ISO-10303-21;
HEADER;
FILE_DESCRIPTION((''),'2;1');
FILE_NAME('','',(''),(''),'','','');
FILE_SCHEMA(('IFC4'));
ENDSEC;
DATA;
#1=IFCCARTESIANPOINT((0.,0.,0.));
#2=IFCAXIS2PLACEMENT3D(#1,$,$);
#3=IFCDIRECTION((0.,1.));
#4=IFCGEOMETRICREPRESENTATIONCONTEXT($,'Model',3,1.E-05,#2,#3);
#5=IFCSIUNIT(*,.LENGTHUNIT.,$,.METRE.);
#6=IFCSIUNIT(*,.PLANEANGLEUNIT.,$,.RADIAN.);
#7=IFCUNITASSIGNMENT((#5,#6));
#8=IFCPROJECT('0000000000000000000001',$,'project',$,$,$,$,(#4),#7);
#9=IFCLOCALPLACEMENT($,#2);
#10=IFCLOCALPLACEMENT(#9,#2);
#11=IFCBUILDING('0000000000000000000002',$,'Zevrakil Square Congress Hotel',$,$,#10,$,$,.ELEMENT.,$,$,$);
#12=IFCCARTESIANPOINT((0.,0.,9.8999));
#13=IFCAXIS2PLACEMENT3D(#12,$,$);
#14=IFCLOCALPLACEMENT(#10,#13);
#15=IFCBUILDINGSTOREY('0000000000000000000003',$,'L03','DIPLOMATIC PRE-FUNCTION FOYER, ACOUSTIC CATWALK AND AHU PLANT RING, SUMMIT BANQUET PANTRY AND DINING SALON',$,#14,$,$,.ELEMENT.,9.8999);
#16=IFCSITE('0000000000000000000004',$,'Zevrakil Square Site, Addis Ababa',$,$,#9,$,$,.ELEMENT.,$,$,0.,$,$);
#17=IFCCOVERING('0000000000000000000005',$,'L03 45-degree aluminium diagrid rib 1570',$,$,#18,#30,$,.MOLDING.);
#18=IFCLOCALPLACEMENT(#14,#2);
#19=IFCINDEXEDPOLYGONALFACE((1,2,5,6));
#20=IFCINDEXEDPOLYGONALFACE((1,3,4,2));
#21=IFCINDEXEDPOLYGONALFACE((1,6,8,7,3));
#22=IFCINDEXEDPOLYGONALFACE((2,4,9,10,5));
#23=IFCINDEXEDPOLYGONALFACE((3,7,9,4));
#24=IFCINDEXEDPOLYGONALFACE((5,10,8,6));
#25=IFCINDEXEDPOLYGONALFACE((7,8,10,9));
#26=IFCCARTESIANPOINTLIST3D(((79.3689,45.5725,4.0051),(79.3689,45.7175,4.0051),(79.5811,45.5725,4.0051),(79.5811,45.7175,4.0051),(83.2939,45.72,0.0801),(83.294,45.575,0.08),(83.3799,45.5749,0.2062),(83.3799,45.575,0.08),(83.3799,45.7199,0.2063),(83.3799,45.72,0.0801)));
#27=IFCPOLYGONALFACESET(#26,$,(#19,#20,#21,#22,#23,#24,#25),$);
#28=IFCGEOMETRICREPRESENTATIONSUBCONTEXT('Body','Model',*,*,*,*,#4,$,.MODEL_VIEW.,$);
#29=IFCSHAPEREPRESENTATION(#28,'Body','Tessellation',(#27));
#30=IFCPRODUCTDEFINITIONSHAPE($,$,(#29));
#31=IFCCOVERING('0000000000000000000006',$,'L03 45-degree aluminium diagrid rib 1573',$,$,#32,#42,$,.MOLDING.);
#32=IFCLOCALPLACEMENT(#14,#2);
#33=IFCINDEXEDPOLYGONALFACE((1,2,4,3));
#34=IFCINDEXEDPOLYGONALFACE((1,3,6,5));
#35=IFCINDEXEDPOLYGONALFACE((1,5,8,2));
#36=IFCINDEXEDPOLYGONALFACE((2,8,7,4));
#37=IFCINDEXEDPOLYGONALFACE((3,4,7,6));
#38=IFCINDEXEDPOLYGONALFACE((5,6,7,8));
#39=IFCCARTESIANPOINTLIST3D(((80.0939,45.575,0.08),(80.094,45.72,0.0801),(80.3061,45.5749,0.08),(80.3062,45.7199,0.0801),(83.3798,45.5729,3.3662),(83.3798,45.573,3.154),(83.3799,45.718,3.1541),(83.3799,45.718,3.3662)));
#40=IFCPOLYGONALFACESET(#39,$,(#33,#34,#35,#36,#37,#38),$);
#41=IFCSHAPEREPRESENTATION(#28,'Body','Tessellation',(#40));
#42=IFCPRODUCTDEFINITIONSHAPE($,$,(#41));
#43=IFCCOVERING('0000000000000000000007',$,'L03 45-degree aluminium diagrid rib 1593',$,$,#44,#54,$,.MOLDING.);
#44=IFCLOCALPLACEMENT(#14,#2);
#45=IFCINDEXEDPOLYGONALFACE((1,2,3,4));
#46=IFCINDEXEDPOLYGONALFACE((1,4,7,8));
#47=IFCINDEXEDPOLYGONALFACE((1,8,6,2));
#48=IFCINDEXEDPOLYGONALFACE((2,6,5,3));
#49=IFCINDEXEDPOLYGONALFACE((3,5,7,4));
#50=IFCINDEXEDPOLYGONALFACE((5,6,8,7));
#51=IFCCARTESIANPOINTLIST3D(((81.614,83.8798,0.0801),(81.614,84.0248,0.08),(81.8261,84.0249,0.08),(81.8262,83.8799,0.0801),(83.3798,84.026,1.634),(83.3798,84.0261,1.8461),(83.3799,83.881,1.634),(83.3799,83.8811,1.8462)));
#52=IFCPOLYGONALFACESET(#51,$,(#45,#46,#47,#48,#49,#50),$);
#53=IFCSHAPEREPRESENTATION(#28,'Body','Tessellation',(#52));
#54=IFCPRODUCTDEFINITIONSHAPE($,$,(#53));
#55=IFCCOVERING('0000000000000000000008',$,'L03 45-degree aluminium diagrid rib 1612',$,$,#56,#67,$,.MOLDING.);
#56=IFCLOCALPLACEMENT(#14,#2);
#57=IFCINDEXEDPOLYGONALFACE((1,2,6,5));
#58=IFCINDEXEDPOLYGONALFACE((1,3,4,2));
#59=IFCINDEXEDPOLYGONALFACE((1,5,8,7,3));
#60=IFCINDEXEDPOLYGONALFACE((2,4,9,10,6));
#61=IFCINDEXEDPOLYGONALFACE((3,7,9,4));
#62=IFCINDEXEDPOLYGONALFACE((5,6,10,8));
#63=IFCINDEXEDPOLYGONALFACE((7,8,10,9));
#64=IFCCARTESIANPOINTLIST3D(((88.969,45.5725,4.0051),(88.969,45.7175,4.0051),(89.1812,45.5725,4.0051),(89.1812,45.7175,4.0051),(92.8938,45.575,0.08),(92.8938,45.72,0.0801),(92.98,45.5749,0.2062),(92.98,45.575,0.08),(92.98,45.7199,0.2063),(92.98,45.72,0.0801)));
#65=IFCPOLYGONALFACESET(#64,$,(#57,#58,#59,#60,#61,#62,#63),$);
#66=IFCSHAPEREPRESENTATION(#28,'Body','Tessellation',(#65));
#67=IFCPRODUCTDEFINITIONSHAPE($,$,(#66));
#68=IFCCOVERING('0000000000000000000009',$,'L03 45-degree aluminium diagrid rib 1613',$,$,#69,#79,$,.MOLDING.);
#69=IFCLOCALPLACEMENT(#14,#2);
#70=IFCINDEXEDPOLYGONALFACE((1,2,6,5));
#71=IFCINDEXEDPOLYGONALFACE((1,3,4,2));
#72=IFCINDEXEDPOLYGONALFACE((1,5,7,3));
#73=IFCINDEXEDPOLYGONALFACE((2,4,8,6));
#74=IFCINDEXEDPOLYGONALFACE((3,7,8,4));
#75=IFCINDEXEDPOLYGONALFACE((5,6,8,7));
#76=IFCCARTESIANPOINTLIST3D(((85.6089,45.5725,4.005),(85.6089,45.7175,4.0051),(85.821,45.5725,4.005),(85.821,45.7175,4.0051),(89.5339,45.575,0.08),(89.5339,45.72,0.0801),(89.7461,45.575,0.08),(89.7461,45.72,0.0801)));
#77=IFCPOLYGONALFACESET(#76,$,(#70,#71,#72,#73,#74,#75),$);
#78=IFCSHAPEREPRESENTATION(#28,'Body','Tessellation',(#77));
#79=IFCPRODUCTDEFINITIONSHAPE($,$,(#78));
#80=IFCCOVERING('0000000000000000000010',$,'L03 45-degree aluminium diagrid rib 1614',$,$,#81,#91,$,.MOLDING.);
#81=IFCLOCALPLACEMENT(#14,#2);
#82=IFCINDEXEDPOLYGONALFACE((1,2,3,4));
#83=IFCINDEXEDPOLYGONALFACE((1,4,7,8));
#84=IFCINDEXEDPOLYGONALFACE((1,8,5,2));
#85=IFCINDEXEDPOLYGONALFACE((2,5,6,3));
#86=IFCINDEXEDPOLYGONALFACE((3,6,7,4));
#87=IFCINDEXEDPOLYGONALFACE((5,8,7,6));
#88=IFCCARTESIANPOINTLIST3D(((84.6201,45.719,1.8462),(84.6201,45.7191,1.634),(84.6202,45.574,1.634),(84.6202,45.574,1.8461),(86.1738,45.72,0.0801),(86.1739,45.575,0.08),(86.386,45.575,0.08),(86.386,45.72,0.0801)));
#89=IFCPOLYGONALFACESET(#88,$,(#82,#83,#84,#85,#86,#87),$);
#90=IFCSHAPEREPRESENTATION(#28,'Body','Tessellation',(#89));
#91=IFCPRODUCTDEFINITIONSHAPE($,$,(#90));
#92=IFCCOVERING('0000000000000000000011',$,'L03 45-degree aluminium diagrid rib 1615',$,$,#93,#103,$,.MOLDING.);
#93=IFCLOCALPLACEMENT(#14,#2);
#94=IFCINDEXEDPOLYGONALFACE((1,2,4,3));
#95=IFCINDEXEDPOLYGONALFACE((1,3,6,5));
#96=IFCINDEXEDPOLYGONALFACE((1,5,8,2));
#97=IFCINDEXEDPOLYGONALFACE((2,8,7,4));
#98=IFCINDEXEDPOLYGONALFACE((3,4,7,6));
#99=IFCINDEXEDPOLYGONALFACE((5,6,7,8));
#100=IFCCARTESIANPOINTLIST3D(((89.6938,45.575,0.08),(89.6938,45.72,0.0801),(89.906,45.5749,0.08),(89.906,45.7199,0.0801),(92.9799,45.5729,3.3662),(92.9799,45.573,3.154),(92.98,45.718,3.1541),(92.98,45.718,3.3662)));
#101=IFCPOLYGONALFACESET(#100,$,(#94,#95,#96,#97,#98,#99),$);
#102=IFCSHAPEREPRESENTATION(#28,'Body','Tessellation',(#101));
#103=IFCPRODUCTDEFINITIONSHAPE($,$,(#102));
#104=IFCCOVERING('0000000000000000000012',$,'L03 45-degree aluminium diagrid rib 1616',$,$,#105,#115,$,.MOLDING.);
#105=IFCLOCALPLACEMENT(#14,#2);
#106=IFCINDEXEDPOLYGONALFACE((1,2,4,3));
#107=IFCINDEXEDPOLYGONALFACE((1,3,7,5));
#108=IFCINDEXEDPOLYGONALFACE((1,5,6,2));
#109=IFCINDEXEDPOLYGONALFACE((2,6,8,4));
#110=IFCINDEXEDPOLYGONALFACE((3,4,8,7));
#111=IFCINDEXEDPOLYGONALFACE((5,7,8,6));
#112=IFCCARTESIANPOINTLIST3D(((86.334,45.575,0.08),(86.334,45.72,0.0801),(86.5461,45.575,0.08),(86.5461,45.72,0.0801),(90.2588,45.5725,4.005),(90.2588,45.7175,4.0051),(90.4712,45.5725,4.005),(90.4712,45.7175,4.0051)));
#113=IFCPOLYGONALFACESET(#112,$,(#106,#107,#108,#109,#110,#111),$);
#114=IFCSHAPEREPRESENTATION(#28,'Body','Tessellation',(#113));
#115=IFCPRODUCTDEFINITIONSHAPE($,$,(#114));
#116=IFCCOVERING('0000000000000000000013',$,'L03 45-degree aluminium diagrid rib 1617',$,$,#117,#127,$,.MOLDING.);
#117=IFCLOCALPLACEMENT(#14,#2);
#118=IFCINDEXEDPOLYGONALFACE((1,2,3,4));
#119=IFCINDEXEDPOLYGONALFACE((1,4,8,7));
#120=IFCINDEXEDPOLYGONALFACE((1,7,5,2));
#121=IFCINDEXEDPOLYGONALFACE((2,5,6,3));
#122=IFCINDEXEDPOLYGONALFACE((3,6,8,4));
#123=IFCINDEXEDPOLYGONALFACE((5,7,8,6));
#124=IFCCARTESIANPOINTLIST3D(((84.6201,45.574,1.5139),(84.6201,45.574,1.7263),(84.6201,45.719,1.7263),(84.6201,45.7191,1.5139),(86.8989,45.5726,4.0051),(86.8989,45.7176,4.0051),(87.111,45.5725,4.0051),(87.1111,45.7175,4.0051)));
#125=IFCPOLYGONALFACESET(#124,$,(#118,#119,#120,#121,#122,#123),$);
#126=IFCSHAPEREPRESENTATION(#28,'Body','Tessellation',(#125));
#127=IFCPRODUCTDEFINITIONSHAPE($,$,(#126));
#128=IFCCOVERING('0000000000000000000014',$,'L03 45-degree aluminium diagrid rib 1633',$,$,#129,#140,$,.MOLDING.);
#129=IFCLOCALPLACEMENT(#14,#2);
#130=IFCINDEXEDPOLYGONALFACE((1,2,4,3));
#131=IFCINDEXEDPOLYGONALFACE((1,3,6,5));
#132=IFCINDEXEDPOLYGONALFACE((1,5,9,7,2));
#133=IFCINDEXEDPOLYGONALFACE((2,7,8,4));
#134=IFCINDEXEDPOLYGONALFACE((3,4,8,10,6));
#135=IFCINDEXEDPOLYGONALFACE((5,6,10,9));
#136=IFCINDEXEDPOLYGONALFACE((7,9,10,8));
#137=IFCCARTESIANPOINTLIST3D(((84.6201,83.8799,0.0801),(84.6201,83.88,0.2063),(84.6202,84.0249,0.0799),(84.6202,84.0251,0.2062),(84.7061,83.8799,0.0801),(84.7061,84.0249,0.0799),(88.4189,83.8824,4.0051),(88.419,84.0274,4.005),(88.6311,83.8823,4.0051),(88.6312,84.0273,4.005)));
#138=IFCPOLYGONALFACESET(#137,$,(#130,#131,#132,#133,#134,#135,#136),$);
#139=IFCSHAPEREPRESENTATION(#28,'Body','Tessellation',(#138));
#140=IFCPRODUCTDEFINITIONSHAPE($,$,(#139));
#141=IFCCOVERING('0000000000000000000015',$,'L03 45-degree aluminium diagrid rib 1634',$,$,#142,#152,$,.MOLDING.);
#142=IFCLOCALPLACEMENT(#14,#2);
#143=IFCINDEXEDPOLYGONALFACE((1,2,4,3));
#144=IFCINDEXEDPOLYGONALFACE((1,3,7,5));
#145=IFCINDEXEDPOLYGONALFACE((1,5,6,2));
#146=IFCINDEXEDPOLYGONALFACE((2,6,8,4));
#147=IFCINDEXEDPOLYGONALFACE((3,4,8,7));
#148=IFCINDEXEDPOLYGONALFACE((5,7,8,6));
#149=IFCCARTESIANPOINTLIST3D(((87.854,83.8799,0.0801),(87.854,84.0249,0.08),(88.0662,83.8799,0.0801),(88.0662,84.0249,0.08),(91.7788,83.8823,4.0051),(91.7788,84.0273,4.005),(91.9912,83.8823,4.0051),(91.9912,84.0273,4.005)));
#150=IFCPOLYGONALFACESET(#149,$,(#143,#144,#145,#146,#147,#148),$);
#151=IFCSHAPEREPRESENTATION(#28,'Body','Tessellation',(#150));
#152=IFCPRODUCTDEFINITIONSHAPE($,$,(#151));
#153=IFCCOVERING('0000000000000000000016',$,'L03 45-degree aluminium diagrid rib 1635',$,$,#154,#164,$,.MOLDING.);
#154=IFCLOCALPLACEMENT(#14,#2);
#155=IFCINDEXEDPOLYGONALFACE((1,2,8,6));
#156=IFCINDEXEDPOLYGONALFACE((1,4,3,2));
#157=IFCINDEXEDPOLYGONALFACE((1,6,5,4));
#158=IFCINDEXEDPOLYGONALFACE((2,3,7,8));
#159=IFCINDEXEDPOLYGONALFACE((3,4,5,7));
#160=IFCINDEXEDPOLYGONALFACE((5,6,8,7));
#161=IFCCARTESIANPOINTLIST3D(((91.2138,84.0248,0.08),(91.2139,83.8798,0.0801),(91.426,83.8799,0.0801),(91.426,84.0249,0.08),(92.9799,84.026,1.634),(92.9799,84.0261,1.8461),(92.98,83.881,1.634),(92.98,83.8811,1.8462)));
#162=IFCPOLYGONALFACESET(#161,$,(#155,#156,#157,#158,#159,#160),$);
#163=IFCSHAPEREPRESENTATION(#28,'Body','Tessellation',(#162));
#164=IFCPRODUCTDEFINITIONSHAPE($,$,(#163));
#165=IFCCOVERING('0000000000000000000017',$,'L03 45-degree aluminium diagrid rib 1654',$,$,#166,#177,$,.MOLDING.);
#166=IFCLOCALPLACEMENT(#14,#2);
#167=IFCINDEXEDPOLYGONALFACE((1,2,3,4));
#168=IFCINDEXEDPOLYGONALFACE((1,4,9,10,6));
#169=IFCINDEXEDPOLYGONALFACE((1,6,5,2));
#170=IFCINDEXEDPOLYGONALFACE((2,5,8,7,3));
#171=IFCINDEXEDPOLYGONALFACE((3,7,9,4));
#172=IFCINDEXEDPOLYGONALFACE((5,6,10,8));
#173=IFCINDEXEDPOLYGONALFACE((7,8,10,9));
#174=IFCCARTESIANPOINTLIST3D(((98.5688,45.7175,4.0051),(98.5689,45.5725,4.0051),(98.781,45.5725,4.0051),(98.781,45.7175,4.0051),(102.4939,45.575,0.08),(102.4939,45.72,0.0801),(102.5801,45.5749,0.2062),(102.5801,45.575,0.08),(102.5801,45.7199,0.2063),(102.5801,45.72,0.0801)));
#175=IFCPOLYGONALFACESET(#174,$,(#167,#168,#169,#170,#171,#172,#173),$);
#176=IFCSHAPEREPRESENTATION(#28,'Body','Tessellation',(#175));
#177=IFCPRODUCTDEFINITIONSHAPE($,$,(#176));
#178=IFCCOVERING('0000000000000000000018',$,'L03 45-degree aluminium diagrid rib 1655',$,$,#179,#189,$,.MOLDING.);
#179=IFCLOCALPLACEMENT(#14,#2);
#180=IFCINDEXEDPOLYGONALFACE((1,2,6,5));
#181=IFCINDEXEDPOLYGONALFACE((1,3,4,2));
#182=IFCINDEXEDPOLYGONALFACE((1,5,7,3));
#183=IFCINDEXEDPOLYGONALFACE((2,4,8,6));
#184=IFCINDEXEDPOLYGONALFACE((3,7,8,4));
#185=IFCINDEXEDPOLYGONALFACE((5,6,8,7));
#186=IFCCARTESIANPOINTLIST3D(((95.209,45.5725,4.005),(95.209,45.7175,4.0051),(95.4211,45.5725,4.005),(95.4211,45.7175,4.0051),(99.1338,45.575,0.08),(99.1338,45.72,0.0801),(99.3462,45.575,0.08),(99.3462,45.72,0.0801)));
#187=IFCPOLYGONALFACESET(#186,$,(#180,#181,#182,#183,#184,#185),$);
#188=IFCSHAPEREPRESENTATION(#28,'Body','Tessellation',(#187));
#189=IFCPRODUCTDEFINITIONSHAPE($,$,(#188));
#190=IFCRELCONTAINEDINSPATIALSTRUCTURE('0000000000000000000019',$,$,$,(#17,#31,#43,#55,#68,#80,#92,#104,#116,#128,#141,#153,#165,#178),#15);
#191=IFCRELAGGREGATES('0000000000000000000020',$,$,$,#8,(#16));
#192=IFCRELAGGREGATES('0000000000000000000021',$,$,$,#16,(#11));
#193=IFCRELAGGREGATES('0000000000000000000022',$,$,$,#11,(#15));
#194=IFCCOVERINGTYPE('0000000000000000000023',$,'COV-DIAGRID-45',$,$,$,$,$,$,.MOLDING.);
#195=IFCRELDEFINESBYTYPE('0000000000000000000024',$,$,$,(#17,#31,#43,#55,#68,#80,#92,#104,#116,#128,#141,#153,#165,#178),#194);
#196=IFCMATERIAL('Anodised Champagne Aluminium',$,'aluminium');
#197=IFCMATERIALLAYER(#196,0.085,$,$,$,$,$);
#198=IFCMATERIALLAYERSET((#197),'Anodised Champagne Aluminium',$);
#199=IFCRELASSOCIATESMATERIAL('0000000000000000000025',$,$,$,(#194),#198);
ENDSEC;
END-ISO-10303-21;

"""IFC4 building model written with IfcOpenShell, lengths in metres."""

from ifc_helpers import new_model, si_unit, direction, frame, origin, place, context, subcontext, project, spatial, polyline, outline, extrude, material, layer, layer_set, type_object, element, save


model = new_model("IFC4")

# Units and contexts
model_context = context("Model", 3, precision=1e-05, world=origin(), true_north=direction((0.0, 1.0)))
body_context = subcontext(model_context, "Body", "Model", "MODEL_VIEW")
ifc_project = project(units=[si_unit("LENGTHUNIT", "METRE"), si_unit("PLANEANGLEUNIT", "RADIAN")], contexts=[model_context])

# Site, building, storey
site_placement = place(None, origin())
site = spatial("IfcSite", under=ifc_project, at=site_placement, Name="Zevrakil Square Site, Addis Ababa", CompositionType="ELEMENT", RefElevation=0.0)
building_placement = place(site_placement, origin())
building = spatial("IfcBuilding", under=site, at=building_placement, Name="Zevrakil Square Congress Hotel", CompositionType="ELEMENT")
storey_placement = place(building_placement, frame((0.0, 0.0, 9.8999)))
storey = spatial("IfcBuildingStorey", under=building, at=storey_placement, Name="L03", Description="DIPLOMATIC PRE-FUNCTION FOYER, ACOUSTIC CATWALK AND AHU PLANT RING, SUMMIT BANQUET PANTRY AND DINING SALON", CompositionType="ELEMENT", Elevation=9.8999)

# Coverings
ifc_material_1 = material(Name="Anodised Champagne Aluminium", Category="aluminium")
ifc_layer_1 = layer(ifc_material_1, 0.085)
ifc_layer_set_1 = layer_set([ifc_layer_1], Name="Anodised Champagne Aluminium")
covering_type_1 = type_object("IfcCoveringType", Name="COV-DIAGRID-45", PredefinedType="MOLDING", material=ifc_layer_set_1)
covering_1_placement = place(storey_placement, frame((83.2939, 45.72, 0.0801), z_axis=(-0.000187, 1.0, 0.000441), x_axis=(1.0, 0.000187, 0.0)))
element("IfcCovering", 1, at=covering_1_placement, inside=storey, type_object=covering_type_1, Name="L03 45-degree aluminium diagrid rib 1570", PredefinedType="MOLDING", context=body_context, shape_type="SweptSolid", body=[
    extrude(outline(polyline([(0.0, 0.0), (0.0859, 0.0), (0.0859, -0.1262), (-3.7129, -3.925), (-3.925, -3.925), (0.0, 0.0)])), origin(), (0.0, 0.0, -1.0), 0.145),
])
covering_2_placement = place(storey_placement, frame((83.3799, 45.718, 3.1541), z_axis=(0.000307, 1.0, 0.000307), x_axis=(0.0, -0.000307, 1.0)))
element("IfcCovering", 2, at=covering_2_placement, inside=storey, type_object=covering_type_1, Name="L03 45-degree aluminium diagrid rib 1573", PredefinedType="MOLDING", context=body_context, shape_type="SweptSolid", body=[
    extrude(outline(polyline([(0.0, 0.0), (0.2122, 0.0), (-3.074, -3.2859), (-3.074, -3.0737), (0.0, 0.0)])), origin(), (0.0, 0.0, -1.0), 0.145),
])
covering_3_placement = place(storey_placement, frame((81.8262, 83.8799, 0.0801), z_axis=(0.000368, -1.0, 0.000368), x_axis=(-1.0, -0.000368, 0.0)))
element("IfcCovering", 3, at=covering_3_placement, inside=storey, type_object=covering_type_1, Name="L03 45-degree aluminium diagrid rib 1593", PredefinedType="MOLDING", context=body_context, shape_type="SweptSolid", body=[
    extrude(outline(polyline([(0.0, 0.0), (0.2122, 0.0), (-1.5537, -1.7661), (-1.5537, -1.554), (0.0, 0.0)])), origin(), (0.0, 0.0, -1.0), 0.145),
])
covering_4_placement = place(storey_placement, frame((92.8938, 45.72, 0.0801), z_axis=(-0.000187, 1.0, 0.000441), x_axis=(1.0, 0.000187, 0.0)))
element("IfcCovering", 4, at=covering_4_placement, inside=storey, type_object=covering_type_1, Name="L03 45-degree aluminium diagrid rib 1612", PredefinedType="MOLDING", context=body_context, shape_type="SweptSolid", body=[
    extrude(outline(polyline([(0.0, 0.0), (0.0862, 0.0), (0.0862, -0.1262), (-3.7126, -3.925), (-3.9248, -3.925), (0.0, 0.0)])), origin(), (0.0, 0.0, -1.0), 0.145),
])
covering_5_placement = place(storey_placement, frame((89.5339, 45.72, 0.0801), z_axis=(0.0, 1.0, 0.000622), x_axis=(1.0, 0.0, 0.0)))
element("IfcCovering", 5, at=covering_5_placement, inside=storey, type_object=covering_type_1, Name="L03 45-degree aluminium diagrid rib 1613", PredefinedType="MOLDING", context=body_context, shape_type="SweptSolid", body=[
    extrude(outline(polyline([(0.0, 0.0), (0.2122, 0.0), (-3.7129, -3.925), (-3.925, -3.925), (0.0, 0.0)])), origin(), (0.0, 0.0, -1.0), 0.145),
])
covering_6_placement = place(storey_placement, frame((86.1738, 45.72, 0.0801), z_axis=(-0.000294, 1.0, 0.000294), x_axis=(1.0, 0.000294, 0.0)))
element("IfcCovering", 6, at=covering_6_placement, inside=storey, type_object=covering_type_1, Name="L03 45-degree aluminium diagrid rib 1614", PredefinedType="MOLDING", context=body_context, shape_type="SweptSolid", body=[
    extrude(outline(polyline([(0.0, 0.0), (0.2122, 0.0), (-1.5537, -1.7661), (-1.5537, -1.554), (0.0, 0.0)])), origin(), (0.0, 0.0, -1.0), 0.145),
])
covering_7_placement = place(storey_placement, frame((92.98, 45.718, 3.1541), z_axis=(0.000307, 1.0, 0.000307), x_axis=(0.0, -0.000307, 1.0)))
element("IfcCovering", 7, at=covering_7_placement, inside=storey, type_object=covering_type_1, Name="L03 45-degree aluminium diagrid rib 1615", PredefinedType="MOLDING", context=body_context, shape_type="SweptSolid", body=[
    extrude(outline(polyline([(0.0, 0.0), (0.2122, 0.0), (-3.074, -3.2861), (-3.074, -3.074), (0.0, 0.0)])), origin(), (0.0, 0.0, -1.0), 0.145),
])
covering_8_placement = place(storey_placement, frame((90.4712, 45.7175, 4.0051), z_axis=(0.0, 1.0, 0.000622), x_axis=(-1.0, 0.0, 0.0)))
element("IfcCovering", 8, at=covering_8_placement, inside=storey, type_object=covering_type_1, Name="L03 45-degree aluminium diagrid rib 1616", PredefinedType="MOLDING", context=body_context, shape_type="SweptSolid", body=[
    extrude(outline(polyline([(0.0, 0.0), (0.2124, 0.0), (4.1372, -3.925), (3.925, -3.925), (0.0, 0.0)])), origin(), (0.0, 0.0, -1.0), 0.145),
])
covering_9_placement = place(storey_placement, frame((87.1111, 45.7175, 4.0051), z_axis=(0.000307, 1.0, 0.000307), x_axis=(-1.0, 0.000307, 0.0)))
element("IfcCovering", 9, at=covering_9_placement, inside=storey, type_object=covering_type_1, Name="L03 45-degree aluminium diagrid rib 1617", PredefinedType="MOLDING", context=body_context, shape_type="SweptSolid", body=[
    extrude(outline(polyline([(0.0, 0.0), (0.2122, 0.0), (2.491, -2.2788), (2.491, -2.4912), (0.0, 0.0)])), origin(), (0.0, 0.0, -1.0), 0.145),
])
covering_10_placement = place(storey_placement, frame((84.7061, 83.8799, 0.0801), z_axis=(-0.000394, -0.999999, 0.001003), x_axis=(-1.0, 0.000394, 0.0)))
element("IfcCovering", 10, at=covering_10_placement, inside=storey, type_object=covering_type_1, Name="L03 45-degree aluminium diagrid rib 1633", PredefinedType="MOLDING", context=body_context, shape_type="SweptSolid", body=[
    extrude(outline(polyline([(0.0, 0.0), (0.0859, 0.0), (0.0859, -0.1262), (-3.7129, -3.925), (-3.925, -3.925), (0.0, 0.0)])), origin(), (0.0, 0.0, -1.0), 0.145),
])
covering_11_placement = place(storey_placement, frame((88.0662, 83.8799, 0.0801), z_axis=(0.0, -1.0, 0.000622), x_axis=(-1.0, 0.0, 0.0)))
element("IfcCovering", 11, at=covering_11_placement, inside=storey, type_object=covering_type_1, Name="L03 45-degree aluminium diagrid rib 1634", PredefinedType="MOLDING", context=body_context, shape_type="SweptSolid", body=[
    extrude(outline(polyline([(0.0, 0.0), (0.2122, 0.0), (-3.7126, -3.925), (-3.925, -3.925), (0.0, 0.0)])), origin(), (0.0, 0.0, -1.0), 0.145),
])
covering_12_placement = place(storey_placement, frame((91.426, 83.8799, 0.0801), z_axis=(0.000368, -1.0, 0.000368), x_axis=(-1.0, -0.000368, 0.0)))
element("IfcCovering", 12, at=covering_12_placement, inside=storey, type_object=covering_type_1, Name="L03 45-degree aluminium diagrid rib 1635", PredefinedType="MOLDING", context=body_context, shape_type="SweptSolid", body=[
    extrude(outline(polyline([(0.0, 0.0), (0.2122, 0.0), (-1.554, -1.7661), (-1.554, -1.554), (0.0, 0.0)])), origin(), (0.0, 0.0, -1.0), 0.145),
])
covering_13_placement = place(storey_placement, frame((102.4939, 45.72, 0.0801), z_axis=(-0.000187, 1.0, 0.000441), x_axis=(1.0, 0.000187, 0.0)))
element("IfcCovering", 13, at=covering_13_placement, inside=storey, type_object=covering_type_1, Name="L03 45-degree aluminium diagrid rib 1654", PredefinedType="MOLDING", context=body_context, shape_type="SweptSolid", body=[
    extrude(outline(polyline([(0.0, 0.0), (0.0862, 0.0), (0.0862, -0.1262), (-3.7129, -3.925), (-3.925, -3.925), (0.0, 0.0)])), origin(), (0.0, 0.0, -1.0), 0.145),
])
covering_14_placement = place(storey_placement, frame((99.1338, 45.72, 0.0801), z_axis=(0.0, 1.0, 0.000622), x_axis=(1.0, 0.0, 0.0)))
element("IfcCovering", 14, at=covering_14_placement, inside=storey, type_object=covering_type_1, Name="L03 45-degree aluminium diagrid rib 1655", PredefinedType="MOLDING", context=body_context, shape_type="SweptSolid", body=[
    extrude(outline(polyline([(0.0, 0.0), (0.2124, 0.0), (-3.7126, -3.925), (-3.9248, -3.925), (0.0, 0.0)])), origin(), (0.0, 0.0, -1.0), 0.145),
])

save(model, "model.ifc")
